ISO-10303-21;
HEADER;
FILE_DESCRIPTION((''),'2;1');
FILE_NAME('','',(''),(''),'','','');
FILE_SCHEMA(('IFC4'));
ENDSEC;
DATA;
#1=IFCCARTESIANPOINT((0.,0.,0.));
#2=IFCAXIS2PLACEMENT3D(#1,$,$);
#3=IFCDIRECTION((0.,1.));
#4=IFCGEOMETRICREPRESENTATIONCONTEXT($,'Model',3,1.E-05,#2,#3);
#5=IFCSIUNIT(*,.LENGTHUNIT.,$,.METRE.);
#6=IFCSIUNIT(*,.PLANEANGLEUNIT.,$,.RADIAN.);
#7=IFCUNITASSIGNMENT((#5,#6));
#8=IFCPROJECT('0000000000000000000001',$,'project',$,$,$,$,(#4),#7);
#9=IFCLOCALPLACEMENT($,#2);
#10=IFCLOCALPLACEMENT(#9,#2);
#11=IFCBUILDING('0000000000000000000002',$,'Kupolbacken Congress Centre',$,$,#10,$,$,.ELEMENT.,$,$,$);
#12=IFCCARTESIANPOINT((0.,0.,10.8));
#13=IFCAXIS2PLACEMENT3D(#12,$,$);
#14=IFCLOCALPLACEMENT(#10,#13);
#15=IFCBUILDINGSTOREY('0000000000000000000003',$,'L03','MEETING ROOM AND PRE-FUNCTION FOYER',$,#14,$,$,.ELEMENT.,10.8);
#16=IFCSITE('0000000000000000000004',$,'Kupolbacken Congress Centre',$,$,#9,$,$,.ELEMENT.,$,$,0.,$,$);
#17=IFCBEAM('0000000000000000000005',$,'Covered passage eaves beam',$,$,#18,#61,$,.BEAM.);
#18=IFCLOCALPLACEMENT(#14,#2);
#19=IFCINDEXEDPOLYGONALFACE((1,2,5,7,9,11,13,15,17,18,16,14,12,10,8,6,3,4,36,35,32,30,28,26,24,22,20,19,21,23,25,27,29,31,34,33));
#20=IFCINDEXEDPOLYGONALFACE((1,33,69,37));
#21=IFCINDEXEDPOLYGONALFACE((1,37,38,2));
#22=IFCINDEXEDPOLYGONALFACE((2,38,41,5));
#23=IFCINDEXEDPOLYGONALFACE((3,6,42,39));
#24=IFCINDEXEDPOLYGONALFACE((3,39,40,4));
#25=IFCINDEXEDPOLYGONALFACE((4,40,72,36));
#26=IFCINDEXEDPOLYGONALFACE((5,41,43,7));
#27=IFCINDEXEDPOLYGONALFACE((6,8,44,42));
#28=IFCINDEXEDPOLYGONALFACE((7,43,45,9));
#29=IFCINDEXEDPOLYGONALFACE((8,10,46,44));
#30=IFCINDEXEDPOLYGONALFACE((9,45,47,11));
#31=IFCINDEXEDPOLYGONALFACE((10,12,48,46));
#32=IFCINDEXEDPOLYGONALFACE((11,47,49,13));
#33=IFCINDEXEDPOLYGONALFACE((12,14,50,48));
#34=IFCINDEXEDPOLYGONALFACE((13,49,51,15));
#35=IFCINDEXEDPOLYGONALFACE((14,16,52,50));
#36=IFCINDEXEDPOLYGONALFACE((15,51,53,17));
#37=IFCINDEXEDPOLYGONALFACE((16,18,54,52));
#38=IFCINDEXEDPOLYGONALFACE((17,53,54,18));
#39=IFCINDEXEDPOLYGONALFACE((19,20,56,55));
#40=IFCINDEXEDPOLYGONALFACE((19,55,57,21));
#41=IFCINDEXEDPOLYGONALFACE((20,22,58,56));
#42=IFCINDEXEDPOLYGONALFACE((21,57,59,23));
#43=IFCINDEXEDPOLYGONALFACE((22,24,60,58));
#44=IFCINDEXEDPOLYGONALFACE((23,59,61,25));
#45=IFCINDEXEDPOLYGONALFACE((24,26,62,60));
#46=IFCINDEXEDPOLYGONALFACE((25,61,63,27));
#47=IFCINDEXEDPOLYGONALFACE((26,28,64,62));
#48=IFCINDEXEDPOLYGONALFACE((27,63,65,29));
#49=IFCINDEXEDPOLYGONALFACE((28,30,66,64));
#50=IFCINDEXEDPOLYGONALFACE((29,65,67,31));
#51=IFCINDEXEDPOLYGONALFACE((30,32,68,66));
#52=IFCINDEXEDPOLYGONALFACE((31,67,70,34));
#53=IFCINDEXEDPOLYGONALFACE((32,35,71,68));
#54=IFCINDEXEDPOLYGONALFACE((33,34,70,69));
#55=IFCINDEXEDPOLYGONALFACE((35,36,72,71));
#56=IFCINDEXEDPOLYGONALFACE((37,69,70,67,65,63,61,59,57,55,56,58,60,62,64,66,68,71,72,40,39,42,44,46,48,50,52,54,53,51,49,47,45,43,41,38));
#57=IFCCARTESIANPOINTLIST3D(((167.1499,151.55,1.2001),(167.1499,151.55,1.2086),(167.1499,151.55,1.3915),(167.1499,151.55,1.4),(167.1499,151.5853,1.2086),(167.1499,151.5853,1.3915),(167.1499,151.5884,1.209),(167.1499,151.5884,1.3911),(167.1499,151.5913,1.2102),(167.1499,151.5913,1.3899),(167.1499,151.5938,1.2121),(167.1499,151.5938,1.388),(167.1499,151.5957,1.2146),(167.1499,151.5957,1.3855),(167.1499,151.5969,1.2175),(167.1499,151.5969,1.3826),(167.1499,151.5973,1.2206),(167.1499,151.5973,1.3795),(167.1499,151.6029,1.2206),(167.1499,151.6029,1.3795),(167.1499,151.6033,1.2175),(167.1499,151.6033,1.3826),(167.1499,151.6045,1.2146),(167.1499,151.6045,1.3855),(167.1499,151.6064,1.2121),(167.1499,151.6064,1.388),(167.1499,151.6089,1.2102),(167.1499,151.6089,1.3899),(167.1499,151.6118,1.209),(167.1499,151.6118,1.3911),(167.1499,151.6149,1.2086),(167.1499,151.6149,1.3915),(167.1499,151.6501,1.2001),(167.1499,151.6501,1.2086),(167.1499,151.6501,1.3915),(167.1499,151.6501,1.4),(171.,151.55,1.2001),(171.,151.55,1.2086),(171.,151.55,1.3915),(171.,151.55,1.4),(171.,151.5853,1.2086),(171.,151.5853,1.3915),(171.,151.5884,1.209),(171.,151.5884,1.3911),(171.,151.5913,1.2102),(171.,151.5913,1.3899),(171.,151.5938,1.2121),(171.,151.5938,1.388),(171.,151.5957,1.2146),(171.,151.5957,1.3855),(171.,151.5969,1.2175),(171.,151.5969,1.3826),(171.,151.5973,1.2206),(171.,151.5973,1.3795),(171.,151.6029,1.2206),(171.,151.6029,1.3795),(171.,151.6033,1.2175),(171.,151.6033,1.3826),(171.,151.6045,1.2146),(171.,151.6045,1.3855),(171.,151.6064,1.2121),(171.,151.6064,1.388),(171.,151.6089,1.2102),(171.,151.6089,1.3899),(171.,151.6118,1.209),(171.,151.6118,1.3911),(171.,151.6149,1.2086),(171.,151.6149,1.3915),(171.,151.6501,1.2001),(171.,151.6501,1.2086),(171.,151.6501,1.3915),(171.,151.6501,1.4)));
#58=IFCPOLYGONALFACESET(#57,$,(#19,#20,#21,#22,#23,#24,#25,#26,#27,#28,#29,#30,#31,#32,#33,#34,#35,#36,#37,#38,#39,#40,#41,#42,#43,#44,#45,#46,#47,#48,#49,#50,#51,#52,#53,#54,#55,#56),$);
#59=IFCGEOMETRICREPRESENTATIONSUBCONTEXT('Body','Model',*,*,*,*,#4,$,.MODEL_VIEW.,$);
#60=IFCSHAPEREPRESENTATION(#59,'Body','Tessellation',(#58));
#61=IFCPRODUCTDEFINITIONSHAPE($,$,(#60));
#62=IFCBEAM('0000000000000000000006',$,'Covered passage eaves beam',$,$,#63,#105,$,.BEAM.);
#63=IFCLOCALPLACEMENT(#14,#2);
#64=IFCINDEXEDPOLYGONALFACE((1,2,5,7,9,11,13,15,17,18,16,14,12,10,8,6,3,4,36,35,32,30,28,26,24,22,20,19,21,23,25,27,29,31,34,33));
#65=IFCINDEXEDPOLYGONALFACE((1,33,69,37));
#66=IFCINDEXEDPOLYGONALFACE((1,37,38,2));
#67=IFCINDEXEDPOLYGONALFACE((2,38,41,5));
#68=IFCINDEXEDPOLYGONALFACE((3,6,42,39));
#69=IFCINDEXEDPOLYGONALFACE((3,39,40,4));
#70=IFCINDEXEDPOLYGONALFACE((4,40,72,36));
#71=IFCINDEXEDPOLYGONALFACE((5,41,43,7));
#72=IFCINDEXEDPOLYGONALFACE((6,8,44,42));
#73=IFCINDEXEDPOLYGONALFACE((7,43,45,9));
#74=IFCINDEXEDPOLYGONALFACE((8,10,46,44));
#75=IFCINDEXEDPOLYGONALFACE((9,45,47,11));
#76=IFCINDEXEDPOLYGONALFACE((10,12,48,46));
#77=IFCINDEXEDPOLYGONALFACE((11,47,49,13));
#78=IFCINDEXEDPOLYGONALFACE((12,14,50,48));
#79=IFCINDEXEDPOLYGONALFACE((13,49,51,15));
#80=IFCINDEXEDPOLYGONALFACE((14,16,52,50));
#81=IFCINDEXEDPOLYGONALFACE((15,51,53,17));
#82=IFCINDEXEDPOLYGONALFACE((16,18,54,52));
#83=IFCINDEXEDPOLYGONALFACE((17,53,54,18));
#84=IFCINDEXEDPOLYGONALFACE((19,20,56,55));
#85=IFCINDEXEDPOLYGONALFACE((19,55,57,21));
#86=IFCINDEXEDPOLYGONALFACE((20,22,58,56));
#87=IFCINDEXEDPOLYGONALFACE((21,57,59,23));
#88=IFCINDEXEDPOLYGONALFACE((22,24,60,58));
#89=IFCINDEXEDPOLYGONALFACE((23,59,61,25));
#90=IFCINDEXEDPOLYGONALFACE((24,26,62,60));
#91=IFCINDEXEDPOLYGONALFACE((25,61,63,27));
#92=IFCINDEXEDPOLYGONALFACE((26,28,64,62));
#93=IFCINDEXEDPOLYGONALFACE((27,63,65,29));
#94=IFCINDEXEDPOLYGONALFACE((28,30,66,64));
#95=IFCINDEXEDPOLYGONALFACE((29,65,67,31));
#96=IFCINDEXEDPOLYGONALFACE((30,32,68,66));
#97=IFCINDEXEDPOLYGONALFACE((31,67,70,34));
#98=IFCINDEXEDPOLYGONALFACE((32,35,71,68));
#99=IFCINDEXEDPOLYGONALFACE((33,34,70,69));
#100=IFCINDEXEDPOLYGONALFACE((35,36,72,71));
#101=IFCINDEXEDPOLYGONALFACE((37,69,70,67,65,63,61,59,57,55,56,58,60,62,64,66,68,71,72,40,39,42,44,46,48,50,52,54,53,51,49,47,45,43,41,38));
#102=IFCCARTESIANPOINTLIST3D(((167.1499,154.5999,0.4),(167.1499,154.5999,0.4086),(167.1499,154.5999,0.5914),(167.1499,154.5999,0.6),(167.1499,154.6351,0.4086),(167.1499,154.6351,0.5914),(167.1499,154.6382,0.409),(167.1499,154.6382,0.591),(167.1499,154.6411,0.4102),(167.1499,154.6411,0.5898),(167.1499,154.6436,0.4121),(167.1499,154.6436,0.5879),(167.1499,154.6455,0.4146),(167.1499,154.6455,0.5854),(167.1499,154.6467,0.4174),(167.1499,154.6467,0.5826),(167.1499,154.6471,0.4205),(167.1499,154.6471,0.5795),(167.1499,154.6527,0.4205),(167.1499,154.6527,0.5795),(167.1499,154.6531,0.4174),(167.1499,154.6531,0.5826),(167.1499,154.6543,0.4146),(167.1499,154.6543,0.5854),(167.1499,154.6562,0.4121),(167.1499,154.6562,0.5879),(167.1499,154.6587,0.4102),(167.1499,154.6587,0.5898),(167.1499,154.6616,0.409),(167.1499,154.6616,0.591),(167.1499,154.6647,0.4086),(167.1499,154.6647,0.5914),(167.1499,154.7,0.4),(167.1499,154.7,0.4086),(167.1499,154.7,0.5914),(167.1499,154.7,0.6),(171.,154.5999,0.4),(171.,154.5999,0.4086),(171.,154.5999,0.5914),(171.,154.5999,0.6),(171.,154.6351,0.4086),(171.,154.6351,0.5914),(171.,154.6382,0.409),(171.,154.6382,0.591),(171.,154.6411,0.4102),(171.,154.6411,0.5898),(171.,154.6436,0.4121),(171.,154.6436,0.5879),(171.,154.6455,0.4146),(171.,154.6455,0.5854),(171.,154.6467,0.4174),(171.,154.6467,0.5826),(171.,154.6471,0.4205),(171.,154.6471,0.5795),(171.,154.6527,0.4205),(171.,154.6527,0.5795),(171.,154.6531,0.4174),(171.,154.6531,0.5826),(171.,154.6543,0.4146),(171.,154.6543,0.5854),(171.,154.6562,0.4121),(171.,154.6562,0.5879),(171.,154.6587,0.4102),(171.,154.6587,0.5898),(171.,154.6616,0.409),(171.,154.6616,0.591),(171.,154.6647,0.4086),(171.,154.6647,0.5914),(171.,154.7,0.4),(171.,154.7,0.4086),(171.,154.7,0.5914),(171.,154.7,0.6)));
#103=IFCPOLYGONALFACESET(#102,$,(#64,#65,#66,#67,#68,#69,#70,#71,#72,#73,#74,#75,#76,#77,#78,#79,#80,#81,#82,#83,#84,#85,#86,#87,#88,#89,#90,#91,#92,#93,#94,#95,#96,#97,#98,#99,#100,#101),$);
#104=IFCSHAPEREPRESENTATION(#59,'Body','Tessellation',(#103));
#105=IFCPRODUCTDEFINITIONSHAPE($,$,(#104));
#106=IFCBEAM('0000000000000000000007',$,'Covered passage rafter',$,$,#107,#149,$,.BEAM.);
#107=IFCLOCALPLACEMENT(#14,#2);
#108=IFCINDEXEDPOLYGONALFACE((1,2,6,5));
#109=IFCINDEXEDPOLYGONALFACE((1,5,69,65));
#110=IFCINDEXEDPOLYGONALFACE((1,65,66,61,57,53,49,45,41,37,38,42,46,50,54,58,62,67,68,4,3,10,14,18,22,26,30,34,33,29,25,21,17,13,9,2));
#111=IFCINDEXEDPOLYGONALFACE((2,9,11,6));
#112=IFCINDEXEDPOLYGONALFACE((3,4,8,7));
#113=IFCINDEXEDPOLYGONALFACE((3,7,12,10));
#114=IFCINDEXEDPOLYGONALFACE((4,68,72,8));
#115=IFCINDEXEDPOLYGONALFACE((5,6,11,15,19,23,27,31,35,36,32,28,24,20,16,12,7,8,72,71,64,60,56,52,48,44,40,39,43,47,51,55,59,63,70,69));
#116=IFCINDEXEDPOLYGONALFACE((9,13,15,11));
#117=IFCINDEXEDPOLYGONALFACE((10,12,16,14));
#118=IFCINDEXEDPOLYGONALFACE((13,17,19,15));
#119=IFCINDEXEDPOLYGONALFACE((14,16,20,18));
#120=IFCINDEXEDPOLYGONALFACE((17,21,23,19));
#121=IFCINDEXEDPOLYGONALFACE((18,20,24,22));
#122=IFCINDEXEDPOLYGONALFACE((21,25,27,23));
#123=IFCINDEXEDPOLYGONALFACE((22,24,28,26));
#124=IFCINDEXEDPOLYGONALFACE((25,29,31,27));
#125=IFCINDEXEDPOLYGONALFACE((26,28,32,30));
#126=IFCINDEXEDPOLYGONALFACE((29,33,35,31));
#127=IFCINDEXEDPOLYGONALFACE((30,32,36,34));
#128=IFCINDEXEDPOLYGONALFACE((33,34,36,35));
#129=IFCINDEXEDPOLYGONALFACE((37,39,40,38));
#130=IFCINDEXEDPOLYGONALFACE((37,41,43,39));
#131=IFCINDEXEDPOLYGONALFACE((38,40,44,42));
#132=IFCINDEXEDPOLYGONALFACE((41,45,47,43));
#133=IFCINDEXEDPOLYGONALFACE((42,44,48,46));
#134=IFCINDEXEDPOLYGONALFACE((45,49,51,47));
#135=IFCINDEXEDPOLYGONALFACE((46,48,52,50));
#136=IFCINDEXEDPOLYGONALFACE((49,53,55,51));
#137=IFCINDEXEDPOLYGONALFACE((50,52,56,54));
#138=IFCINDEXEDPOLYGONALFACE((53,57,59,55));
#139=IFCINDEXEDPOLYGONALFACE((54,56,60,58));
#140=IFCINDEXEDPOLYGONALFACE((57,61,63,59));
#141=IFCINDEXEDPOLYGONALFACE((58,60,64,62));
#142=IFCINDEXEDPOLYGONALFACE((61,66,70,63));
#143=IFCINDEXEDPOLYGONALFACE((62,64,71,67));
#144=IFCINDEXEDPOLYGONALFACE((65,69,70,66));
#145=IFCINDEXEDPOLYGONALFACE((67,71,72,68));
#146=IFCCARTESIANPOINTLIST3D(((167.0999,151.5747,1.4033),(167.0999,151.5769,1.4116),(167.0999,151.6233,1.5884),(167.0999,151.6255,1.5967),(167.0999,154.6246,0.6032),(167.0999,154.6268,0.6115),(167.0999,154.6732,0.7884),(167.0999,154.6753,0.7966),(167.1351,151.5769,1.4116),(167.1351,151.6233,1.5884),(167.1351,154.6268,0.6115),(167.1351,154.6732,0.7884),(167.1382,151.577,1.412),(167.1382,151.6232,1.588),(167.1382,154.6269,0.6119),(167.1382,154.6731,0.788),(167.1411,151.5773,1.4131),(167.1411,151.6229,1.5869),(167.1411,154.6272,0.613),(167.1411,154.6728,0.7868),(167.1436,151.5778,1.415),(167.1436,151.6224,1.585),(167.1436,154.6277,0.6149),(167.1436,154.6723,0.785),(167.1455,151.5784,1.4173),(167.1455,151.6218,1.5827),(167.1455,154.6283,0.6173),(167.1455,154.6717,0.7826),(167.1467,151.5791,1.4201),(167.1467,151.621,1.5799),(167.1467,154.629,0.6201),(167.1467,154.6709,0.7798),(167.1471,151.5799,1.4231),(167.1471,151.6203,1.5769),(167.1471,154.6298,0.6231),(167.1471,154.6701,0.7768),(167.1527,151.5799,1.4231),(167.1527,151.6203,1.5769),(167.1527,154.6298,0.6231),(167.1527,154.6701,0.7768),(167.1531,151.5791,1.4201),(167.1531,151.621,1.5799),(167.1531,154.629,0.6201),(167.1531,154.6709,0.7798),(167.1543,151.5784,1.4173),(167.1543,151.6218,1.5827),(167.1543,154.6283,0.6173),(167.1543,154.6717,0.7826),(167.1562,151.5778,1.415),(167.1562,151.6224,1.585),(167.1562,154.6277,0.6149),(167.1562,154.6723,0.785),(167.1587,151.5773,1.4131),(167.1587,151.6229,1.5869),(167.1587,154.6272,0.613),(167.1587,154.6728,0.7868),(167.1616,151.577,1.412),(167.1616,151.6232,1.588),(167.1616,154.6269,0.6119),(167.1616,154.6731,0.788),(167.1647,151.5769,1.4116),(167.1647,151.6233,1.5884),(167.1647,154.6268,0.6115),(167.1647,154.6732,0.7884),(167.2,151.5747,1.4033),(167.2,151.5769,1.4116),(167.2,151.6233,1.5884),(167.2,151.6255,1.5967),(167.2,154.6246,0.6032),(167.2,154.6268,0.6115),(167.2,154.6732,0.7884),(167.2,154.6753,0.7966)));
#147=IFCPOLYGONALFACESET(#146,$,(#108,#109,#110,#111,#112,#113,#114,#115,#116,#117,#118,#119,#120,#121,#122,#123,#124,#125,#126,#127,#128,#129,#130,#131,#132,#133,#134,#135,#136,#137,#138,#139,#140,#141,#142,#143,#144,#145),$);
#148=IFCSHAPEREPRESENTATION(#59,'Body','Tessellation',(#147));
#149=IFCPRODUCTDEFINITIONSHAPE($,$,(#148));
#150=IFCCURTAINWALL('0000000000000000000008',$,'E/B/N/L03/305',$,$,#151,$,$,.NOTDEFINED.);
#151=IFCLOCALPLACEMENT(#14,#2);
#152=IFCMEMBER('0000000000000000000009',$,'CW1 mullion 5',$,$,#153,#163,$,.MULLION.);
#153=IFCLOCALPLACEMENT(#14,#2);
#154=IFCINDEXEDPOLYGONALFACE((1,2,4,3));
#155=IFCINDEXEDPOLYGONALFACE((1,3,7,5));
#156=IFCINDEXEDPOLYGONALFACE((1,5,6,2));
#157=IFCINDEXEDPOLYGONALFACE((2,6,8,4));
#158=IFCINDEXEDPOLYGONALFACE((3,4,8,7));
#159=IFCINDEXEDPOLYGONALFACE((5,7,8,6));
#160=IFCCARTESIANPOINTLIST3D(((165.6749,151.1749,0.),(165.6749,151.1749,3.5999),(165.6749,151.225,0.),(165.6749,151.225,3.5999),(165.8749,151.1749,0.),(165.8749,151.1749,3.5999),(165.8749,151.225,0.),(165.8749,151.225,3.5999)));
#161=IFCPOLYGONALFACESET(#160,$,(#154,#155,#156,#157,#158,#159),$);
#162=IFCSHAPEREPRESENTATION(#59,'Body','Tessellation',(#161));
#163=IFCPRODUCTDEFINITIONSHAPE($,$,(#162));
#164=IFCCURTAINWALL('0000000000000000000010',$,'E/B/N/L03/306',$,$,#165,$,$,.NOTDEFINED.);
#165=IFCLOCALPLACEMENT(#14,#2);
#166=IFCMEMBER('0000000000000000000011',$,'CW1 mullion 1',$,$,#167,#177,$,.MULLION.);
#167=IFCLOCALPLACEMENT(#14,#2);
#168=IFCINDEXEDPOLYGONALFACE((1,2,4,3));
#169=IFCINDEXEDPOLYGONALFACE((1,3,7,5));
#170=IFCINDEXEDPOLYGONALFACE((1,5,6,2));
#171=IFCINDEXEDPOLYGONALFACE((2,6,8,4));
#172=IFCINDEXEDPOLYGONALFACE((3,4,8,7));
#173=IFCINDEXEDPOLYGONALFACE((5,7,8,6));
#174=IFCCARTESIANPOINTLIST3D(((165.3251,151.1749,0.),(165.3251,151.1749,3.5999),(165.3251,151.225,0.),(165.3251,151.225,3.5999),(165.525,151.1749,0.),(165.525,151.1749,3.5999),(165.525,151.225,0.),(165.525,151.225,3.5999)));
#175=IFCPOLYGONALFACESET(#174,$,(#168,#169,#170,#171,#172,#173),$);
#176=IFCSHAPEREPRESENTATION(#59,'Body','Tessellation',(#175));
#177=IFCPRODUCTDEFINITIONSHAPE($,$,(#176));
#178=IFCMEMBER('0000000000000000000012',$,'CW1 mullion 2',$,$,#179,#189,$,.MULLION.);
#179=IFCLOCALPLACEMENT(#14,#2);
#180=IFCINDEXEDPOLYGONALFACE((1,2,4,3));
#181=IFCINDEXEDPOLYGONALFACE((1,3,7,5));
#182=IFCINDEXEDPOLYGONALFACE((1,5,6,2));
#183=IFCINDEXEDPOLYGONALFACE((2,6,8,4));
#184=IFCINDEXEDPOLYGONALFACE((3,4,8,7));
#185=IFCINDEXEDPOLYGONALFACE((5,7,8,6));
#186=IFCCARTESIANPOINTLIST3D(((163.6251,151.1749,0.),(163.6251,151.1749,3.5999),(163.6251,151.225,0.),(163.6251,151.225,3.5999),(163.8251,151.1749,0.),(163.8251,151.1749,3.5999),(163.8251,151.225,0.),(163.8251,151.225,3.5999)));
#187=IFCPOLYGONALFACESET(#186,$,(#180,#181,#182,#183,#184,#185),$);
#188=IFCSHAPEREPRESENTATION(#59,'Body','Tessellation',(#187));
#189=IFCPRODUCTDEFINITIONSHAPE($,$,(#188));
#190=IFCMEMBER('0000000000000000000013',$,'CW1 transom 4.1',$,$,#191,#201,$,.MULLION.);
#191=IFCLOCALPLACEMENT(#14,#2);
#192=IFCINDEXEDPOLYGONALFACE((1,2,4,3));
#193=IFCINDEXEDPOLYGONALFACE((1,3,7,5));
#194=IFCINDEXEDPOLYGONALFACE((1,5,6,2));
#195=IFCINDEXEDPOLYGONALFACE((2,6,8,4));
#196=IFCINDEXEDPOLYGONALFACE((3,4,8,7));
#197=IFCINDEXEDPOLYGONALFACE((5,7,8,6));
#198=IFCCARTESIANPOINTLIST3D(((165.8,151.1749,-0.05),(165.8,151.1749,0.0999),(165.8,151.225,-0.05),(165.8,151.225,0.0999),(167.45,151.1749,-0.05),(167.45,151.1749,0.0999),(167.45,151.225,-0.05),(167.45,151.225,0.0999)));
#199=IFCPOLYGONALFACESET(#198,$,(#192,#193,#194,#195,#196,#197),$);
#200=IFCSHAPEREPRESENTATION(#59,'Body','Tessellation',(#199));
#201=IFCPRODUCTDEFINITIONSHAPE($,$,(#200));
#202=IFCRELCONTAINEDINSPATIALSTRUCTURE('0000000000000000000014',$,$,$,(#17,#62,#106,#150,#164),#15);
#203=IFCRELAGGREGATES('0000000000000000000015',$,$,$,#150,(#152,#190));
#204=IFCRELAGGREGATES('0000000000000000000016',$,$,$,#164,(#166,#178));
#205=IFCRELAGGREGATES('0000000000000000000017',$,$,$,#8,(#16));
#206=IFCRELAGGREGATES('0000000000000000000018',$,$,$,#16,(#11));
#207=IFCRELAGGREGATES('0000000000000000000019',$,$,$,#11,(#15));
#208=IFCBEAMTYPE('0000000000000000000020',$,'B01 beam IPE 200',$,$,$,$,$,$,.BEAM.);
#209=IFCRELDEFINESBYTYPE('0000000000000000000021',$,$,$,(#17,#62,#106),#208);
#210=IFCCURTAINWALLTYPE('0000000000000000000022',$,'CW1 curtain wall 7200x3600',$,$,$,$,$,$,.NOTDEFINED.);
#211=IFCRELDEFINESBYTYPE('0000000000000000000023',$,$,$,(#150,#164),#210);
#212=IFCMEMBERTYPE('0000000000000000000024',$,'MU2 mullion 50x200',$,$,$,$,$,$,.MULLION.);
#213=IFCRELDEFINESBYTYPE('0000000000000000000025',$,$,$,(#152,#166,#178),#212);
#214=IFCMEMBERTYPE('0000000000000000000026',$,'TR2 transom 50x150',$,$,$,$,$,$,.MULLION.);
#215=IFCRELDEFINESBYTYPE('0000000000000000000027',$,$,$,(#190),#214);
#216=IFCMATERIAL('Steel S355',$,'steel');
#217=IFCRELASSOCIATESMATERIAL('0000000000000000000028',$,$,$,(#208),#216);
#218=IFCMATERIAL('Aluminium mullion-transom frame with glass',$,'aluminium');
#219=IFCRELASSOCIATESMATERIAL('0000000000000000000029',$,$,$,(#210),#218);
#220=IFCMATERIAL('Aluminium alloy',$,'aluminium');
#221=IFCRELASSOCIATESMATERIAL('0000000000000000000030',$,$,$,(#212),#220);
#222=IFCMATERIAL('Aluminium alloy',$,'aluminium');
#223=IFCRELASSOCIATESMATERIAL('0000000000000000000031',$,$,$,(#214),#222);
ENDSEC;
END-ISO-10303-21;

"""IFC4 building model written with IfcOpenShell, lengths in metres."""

from ifc_helpers import new_model, si_unit, direction, frame, origin, origin_2d, place, context, subcontext, project, spatial, rectangle, i_section, extrude, material, material_profile, profile_set, type_object, element, aggregate, save


model = new_model("IFC4")

# Units and contexts
model_context = context("Model", 3, precision=1e-05, world=origin(), true_north=direction((0.0, 1.0)))
body_context = subcontext(model_context, "Body", "Model", "MODEL_VIEW")
ifc_project = project(units=[si_unit("LENGTHUNIT", "METRE"), si_unit("PLANEANGLEUNIT", "RADIAN")], contexts=[model_context])

# Site, building, storey
site_placement = place(None, origin())
site = spatial("IfcSite", under=ifc_project, at=site_placement, Name="Kupolbacken Congress Centre", CompositionType="ELEMENT", RefElevation=0.0)
building_placement = place(site_placement, origin())
building = spatial("IfcBuilding", under=site, at=building_placement, Name="Kupolbacken Congress Centre", CompositionType="ELEMENT")
storey_placement = place(building_placement, frame((0.0, 0.0, 10.8)))
storey = spatial("IfcBuildingStorey", under=building, at=storey_placement, Name="L03", Description="MEETING ROOM AND PRE-FUNCTION FOYER", CompositionType="ELEMENT", Elevation=10.8)

# Beams
ifc_material_1 = material(Name="Steel S355", Category="steel")
ifc_material_profile_1 = material_profile(ifc_material_1, i_section(OverallWidth=0.1001, OverallDepth=0.2, WebThickness=0.0056, FlangeThickness=0.0085, FilletRadius=0.012, at=origin_2d()), Name="IPE 200")
ifc_profile_set_1 = profile_set([ifc_material_profile_1], Name="Steel S355")
beam_type = type_object("IfcBeamType", Name="B01 beam IPE 200", PredefinedType="BEAM", material=ifc_profile_set_1)
for number, where, z_axis, x_axis, name in (
    (1, (167.1499, 151.6001, 1.3), (1.0, 0.0, 0.0), (0.0, 1.0, 0.0), "Covered passage eaves beam"),
    (2, (167.1499, 154.6499, 0.5), (1.0, 0.0, 0.0), (0.0, 1.0, 0.0), "Covered passage eaves beam"),
):
    element("IfcBeam", number, at=place(storey_placement, frame(where, z_axis=z_axis, x_axis=x_axis)), inside=storey, type_object=beam_type, Name=name, PredefinedType="BEAM", context=body_context, shape_type="SweptSolid", body=[
        extrude(i_section(OverallWidth=0.1001, OverallDepth=0.2, WebThickness=0.0056, FlangeThickness=0.0085, FilletRadius=0.012, at=origin_2d()), origin(), (0.0, 0.0, 1.0), 3.8501),
    ])
beam_1_placement = place(storey_placement, frame((167.1499, 151.6001, 1.5), z_axis=(0.0, 0.967272, -0.253742), x_axis=(-1.0, 0.0, 0.0)))
element("IfcBeam", 3, at=beam_1_placement, inside=storey, type_object=beam_type, Name="Covered passage rafter", PredefinedType="BEAM", context=body_context, shape_type="SweptSolid", body=[
    extrude(i_section(OverallWidth=0.1001, OverallDepth=0.2, WebThickness=0.0056, FlangeThickness=0.0085, FilletRadius=0.012, at=origin_2d()), origin(), (0.0, 0.0, 1.0), 3.1531),
])

# Curtain wall, member
ifc_material_2 = material(Name="Aluminium mullion-transom frame with glass", Category="aluminium")
curtain_wall_type = type_object("IfcCurtainWallType", Name="CW1 curtain wall 7200x3600", PredefinedType="NOTDEFINED", material=ifc_material_2)
curtain_wall_1_placement = place(storey_placement, origin())
curtain_wall_1 = element("IfcCurtainWall", 4, at=curtain_wall_1_placement, inside=storey, type_object=curtain_wall_type, Name="E/B/N/L03/305", PredefinedType="NOTDEFINED")
ifc_material_3 = material(Name="Aluminium alloy", Category="aluminium")
ifc_material_profile_2 = material_profile(ifc_material_3, rectangle(XDim=0.05, YDim=0.2, at=origin_2d()), Name="50 x 200")
ifc_profile_set_2 = profile_set([ifc_material_profile_2], Name="Aluminium alloy")
member_type_1 = type_object("IfcMemberType", Name="MU2 mullion 50x200", PredefinedType="MULLION", material=ifc_profile_set_2)
member_1_placement = place(storey_placement, frame((165.7749, 151.2, 0.0), z_axis=(0.0, 0.0, 1.0), x_axis=(0.0, -1.0, 0.0)))
member_1 = element("IfcMember", 5, at=member_1_placement, type_object=member_type_1, Name="CW1 mullion 5", PredefinedType="MULLION", context=body_context, shape_type="SweptSolid", body=[
    extrude(rectangle(XDim=0.05, YDim=0.2, at=origin_2d()), origin(), (0.0, 0.0, 1.0), 3.5999),
])

# Curtain wall, members
curtain_wall_2_placement = place(storey_placement, origin())
curtain_wall_2 = element("IfcCurtainWall", 6, at=curtain_wall_2_placement, inside=storey, type_object=curtain_wall_type, Name="E/B/N/L03/306", PredefinedType="NOTDEFINED")
member_2_placement = place(storey_placement, frame((165.425, 151.2, 0.0), z_axis=(0.0, 0.0, 1.0), x_axis=(0.0, -1.0, 0.0)))
member_2 = element("IfcMember", 7, at=member_2_placement, type_object=member_type_1, Name="CW1 mullion 1", PredefinedType="MULLION", context=body_context, shape_type="SweptSolid", body=[
    extrude(rectangle(XDim=0.05, YDim=0.2, at=origin_2d()), origin(), (0.0, 0.0, 1.0), 3.5999),
])
member_3_placement = place(storey_placement, frame((163.7251, 151.2, 0.0), z_axis=(0.0, 0.0, 1.0), x_axis=(0.0, -1.0, 0.0)))
member_3 = element("IfcMember", 8, at=member_3_placement, type_object=member_type_1, Name="CW1 mullion 2", PredefinedType="MULLION", context=body_context, shape_type="SweptSolid", body=[
    extrude(rectangle(XDim=0.05, YDim=0.2, at=origin_2d()), origin(), (0.0, 0.0, 1.0), 3.5999),
])

# Member
ifc_material_4 = material(Name="Aluminium alloy", Category="aluminium")
ifc_material_profile_3 = material_profile(ifc_material_4, rectangle(XDim=0.05, YDim=0.1499, at=origin_2d()), Name="50 x 150")
ifc_profile_set_3 = profile_set([ifc_material_profile_3], Name="Aluminium alloy")
member_type_2 = type_object("IfcMemberType", Name="TR2 transom 50x150", PredefinedType="MULLION", material=ifc_profile_set_3)
member_4_placement = place(storey_placement, frame((167.45, 151.2, 0.0249), z_axis=(-1.0, 0.0, 0.0), x_axis=(0.0, -1.0, 0.0)))
member_4 = element("IfcMember", 9, at=member_4_placement, type_object=member_type_2, Name="CW1 transom 4.1", PredefinedType="MULLION", context=body_context, shape_type="SweptSolid", body=[
    extrude(rectangle(XDim=0.05, YDim=0.1499, at=origin_2d()), origin(), (0.0, 0.0, 1.0), 1.6499),
])

aggregate(curtain_wall_1, [member_1, member_4])
aggregate(curtain_wall_2, [member_2, member_3])

save(model, "model.ifc")
